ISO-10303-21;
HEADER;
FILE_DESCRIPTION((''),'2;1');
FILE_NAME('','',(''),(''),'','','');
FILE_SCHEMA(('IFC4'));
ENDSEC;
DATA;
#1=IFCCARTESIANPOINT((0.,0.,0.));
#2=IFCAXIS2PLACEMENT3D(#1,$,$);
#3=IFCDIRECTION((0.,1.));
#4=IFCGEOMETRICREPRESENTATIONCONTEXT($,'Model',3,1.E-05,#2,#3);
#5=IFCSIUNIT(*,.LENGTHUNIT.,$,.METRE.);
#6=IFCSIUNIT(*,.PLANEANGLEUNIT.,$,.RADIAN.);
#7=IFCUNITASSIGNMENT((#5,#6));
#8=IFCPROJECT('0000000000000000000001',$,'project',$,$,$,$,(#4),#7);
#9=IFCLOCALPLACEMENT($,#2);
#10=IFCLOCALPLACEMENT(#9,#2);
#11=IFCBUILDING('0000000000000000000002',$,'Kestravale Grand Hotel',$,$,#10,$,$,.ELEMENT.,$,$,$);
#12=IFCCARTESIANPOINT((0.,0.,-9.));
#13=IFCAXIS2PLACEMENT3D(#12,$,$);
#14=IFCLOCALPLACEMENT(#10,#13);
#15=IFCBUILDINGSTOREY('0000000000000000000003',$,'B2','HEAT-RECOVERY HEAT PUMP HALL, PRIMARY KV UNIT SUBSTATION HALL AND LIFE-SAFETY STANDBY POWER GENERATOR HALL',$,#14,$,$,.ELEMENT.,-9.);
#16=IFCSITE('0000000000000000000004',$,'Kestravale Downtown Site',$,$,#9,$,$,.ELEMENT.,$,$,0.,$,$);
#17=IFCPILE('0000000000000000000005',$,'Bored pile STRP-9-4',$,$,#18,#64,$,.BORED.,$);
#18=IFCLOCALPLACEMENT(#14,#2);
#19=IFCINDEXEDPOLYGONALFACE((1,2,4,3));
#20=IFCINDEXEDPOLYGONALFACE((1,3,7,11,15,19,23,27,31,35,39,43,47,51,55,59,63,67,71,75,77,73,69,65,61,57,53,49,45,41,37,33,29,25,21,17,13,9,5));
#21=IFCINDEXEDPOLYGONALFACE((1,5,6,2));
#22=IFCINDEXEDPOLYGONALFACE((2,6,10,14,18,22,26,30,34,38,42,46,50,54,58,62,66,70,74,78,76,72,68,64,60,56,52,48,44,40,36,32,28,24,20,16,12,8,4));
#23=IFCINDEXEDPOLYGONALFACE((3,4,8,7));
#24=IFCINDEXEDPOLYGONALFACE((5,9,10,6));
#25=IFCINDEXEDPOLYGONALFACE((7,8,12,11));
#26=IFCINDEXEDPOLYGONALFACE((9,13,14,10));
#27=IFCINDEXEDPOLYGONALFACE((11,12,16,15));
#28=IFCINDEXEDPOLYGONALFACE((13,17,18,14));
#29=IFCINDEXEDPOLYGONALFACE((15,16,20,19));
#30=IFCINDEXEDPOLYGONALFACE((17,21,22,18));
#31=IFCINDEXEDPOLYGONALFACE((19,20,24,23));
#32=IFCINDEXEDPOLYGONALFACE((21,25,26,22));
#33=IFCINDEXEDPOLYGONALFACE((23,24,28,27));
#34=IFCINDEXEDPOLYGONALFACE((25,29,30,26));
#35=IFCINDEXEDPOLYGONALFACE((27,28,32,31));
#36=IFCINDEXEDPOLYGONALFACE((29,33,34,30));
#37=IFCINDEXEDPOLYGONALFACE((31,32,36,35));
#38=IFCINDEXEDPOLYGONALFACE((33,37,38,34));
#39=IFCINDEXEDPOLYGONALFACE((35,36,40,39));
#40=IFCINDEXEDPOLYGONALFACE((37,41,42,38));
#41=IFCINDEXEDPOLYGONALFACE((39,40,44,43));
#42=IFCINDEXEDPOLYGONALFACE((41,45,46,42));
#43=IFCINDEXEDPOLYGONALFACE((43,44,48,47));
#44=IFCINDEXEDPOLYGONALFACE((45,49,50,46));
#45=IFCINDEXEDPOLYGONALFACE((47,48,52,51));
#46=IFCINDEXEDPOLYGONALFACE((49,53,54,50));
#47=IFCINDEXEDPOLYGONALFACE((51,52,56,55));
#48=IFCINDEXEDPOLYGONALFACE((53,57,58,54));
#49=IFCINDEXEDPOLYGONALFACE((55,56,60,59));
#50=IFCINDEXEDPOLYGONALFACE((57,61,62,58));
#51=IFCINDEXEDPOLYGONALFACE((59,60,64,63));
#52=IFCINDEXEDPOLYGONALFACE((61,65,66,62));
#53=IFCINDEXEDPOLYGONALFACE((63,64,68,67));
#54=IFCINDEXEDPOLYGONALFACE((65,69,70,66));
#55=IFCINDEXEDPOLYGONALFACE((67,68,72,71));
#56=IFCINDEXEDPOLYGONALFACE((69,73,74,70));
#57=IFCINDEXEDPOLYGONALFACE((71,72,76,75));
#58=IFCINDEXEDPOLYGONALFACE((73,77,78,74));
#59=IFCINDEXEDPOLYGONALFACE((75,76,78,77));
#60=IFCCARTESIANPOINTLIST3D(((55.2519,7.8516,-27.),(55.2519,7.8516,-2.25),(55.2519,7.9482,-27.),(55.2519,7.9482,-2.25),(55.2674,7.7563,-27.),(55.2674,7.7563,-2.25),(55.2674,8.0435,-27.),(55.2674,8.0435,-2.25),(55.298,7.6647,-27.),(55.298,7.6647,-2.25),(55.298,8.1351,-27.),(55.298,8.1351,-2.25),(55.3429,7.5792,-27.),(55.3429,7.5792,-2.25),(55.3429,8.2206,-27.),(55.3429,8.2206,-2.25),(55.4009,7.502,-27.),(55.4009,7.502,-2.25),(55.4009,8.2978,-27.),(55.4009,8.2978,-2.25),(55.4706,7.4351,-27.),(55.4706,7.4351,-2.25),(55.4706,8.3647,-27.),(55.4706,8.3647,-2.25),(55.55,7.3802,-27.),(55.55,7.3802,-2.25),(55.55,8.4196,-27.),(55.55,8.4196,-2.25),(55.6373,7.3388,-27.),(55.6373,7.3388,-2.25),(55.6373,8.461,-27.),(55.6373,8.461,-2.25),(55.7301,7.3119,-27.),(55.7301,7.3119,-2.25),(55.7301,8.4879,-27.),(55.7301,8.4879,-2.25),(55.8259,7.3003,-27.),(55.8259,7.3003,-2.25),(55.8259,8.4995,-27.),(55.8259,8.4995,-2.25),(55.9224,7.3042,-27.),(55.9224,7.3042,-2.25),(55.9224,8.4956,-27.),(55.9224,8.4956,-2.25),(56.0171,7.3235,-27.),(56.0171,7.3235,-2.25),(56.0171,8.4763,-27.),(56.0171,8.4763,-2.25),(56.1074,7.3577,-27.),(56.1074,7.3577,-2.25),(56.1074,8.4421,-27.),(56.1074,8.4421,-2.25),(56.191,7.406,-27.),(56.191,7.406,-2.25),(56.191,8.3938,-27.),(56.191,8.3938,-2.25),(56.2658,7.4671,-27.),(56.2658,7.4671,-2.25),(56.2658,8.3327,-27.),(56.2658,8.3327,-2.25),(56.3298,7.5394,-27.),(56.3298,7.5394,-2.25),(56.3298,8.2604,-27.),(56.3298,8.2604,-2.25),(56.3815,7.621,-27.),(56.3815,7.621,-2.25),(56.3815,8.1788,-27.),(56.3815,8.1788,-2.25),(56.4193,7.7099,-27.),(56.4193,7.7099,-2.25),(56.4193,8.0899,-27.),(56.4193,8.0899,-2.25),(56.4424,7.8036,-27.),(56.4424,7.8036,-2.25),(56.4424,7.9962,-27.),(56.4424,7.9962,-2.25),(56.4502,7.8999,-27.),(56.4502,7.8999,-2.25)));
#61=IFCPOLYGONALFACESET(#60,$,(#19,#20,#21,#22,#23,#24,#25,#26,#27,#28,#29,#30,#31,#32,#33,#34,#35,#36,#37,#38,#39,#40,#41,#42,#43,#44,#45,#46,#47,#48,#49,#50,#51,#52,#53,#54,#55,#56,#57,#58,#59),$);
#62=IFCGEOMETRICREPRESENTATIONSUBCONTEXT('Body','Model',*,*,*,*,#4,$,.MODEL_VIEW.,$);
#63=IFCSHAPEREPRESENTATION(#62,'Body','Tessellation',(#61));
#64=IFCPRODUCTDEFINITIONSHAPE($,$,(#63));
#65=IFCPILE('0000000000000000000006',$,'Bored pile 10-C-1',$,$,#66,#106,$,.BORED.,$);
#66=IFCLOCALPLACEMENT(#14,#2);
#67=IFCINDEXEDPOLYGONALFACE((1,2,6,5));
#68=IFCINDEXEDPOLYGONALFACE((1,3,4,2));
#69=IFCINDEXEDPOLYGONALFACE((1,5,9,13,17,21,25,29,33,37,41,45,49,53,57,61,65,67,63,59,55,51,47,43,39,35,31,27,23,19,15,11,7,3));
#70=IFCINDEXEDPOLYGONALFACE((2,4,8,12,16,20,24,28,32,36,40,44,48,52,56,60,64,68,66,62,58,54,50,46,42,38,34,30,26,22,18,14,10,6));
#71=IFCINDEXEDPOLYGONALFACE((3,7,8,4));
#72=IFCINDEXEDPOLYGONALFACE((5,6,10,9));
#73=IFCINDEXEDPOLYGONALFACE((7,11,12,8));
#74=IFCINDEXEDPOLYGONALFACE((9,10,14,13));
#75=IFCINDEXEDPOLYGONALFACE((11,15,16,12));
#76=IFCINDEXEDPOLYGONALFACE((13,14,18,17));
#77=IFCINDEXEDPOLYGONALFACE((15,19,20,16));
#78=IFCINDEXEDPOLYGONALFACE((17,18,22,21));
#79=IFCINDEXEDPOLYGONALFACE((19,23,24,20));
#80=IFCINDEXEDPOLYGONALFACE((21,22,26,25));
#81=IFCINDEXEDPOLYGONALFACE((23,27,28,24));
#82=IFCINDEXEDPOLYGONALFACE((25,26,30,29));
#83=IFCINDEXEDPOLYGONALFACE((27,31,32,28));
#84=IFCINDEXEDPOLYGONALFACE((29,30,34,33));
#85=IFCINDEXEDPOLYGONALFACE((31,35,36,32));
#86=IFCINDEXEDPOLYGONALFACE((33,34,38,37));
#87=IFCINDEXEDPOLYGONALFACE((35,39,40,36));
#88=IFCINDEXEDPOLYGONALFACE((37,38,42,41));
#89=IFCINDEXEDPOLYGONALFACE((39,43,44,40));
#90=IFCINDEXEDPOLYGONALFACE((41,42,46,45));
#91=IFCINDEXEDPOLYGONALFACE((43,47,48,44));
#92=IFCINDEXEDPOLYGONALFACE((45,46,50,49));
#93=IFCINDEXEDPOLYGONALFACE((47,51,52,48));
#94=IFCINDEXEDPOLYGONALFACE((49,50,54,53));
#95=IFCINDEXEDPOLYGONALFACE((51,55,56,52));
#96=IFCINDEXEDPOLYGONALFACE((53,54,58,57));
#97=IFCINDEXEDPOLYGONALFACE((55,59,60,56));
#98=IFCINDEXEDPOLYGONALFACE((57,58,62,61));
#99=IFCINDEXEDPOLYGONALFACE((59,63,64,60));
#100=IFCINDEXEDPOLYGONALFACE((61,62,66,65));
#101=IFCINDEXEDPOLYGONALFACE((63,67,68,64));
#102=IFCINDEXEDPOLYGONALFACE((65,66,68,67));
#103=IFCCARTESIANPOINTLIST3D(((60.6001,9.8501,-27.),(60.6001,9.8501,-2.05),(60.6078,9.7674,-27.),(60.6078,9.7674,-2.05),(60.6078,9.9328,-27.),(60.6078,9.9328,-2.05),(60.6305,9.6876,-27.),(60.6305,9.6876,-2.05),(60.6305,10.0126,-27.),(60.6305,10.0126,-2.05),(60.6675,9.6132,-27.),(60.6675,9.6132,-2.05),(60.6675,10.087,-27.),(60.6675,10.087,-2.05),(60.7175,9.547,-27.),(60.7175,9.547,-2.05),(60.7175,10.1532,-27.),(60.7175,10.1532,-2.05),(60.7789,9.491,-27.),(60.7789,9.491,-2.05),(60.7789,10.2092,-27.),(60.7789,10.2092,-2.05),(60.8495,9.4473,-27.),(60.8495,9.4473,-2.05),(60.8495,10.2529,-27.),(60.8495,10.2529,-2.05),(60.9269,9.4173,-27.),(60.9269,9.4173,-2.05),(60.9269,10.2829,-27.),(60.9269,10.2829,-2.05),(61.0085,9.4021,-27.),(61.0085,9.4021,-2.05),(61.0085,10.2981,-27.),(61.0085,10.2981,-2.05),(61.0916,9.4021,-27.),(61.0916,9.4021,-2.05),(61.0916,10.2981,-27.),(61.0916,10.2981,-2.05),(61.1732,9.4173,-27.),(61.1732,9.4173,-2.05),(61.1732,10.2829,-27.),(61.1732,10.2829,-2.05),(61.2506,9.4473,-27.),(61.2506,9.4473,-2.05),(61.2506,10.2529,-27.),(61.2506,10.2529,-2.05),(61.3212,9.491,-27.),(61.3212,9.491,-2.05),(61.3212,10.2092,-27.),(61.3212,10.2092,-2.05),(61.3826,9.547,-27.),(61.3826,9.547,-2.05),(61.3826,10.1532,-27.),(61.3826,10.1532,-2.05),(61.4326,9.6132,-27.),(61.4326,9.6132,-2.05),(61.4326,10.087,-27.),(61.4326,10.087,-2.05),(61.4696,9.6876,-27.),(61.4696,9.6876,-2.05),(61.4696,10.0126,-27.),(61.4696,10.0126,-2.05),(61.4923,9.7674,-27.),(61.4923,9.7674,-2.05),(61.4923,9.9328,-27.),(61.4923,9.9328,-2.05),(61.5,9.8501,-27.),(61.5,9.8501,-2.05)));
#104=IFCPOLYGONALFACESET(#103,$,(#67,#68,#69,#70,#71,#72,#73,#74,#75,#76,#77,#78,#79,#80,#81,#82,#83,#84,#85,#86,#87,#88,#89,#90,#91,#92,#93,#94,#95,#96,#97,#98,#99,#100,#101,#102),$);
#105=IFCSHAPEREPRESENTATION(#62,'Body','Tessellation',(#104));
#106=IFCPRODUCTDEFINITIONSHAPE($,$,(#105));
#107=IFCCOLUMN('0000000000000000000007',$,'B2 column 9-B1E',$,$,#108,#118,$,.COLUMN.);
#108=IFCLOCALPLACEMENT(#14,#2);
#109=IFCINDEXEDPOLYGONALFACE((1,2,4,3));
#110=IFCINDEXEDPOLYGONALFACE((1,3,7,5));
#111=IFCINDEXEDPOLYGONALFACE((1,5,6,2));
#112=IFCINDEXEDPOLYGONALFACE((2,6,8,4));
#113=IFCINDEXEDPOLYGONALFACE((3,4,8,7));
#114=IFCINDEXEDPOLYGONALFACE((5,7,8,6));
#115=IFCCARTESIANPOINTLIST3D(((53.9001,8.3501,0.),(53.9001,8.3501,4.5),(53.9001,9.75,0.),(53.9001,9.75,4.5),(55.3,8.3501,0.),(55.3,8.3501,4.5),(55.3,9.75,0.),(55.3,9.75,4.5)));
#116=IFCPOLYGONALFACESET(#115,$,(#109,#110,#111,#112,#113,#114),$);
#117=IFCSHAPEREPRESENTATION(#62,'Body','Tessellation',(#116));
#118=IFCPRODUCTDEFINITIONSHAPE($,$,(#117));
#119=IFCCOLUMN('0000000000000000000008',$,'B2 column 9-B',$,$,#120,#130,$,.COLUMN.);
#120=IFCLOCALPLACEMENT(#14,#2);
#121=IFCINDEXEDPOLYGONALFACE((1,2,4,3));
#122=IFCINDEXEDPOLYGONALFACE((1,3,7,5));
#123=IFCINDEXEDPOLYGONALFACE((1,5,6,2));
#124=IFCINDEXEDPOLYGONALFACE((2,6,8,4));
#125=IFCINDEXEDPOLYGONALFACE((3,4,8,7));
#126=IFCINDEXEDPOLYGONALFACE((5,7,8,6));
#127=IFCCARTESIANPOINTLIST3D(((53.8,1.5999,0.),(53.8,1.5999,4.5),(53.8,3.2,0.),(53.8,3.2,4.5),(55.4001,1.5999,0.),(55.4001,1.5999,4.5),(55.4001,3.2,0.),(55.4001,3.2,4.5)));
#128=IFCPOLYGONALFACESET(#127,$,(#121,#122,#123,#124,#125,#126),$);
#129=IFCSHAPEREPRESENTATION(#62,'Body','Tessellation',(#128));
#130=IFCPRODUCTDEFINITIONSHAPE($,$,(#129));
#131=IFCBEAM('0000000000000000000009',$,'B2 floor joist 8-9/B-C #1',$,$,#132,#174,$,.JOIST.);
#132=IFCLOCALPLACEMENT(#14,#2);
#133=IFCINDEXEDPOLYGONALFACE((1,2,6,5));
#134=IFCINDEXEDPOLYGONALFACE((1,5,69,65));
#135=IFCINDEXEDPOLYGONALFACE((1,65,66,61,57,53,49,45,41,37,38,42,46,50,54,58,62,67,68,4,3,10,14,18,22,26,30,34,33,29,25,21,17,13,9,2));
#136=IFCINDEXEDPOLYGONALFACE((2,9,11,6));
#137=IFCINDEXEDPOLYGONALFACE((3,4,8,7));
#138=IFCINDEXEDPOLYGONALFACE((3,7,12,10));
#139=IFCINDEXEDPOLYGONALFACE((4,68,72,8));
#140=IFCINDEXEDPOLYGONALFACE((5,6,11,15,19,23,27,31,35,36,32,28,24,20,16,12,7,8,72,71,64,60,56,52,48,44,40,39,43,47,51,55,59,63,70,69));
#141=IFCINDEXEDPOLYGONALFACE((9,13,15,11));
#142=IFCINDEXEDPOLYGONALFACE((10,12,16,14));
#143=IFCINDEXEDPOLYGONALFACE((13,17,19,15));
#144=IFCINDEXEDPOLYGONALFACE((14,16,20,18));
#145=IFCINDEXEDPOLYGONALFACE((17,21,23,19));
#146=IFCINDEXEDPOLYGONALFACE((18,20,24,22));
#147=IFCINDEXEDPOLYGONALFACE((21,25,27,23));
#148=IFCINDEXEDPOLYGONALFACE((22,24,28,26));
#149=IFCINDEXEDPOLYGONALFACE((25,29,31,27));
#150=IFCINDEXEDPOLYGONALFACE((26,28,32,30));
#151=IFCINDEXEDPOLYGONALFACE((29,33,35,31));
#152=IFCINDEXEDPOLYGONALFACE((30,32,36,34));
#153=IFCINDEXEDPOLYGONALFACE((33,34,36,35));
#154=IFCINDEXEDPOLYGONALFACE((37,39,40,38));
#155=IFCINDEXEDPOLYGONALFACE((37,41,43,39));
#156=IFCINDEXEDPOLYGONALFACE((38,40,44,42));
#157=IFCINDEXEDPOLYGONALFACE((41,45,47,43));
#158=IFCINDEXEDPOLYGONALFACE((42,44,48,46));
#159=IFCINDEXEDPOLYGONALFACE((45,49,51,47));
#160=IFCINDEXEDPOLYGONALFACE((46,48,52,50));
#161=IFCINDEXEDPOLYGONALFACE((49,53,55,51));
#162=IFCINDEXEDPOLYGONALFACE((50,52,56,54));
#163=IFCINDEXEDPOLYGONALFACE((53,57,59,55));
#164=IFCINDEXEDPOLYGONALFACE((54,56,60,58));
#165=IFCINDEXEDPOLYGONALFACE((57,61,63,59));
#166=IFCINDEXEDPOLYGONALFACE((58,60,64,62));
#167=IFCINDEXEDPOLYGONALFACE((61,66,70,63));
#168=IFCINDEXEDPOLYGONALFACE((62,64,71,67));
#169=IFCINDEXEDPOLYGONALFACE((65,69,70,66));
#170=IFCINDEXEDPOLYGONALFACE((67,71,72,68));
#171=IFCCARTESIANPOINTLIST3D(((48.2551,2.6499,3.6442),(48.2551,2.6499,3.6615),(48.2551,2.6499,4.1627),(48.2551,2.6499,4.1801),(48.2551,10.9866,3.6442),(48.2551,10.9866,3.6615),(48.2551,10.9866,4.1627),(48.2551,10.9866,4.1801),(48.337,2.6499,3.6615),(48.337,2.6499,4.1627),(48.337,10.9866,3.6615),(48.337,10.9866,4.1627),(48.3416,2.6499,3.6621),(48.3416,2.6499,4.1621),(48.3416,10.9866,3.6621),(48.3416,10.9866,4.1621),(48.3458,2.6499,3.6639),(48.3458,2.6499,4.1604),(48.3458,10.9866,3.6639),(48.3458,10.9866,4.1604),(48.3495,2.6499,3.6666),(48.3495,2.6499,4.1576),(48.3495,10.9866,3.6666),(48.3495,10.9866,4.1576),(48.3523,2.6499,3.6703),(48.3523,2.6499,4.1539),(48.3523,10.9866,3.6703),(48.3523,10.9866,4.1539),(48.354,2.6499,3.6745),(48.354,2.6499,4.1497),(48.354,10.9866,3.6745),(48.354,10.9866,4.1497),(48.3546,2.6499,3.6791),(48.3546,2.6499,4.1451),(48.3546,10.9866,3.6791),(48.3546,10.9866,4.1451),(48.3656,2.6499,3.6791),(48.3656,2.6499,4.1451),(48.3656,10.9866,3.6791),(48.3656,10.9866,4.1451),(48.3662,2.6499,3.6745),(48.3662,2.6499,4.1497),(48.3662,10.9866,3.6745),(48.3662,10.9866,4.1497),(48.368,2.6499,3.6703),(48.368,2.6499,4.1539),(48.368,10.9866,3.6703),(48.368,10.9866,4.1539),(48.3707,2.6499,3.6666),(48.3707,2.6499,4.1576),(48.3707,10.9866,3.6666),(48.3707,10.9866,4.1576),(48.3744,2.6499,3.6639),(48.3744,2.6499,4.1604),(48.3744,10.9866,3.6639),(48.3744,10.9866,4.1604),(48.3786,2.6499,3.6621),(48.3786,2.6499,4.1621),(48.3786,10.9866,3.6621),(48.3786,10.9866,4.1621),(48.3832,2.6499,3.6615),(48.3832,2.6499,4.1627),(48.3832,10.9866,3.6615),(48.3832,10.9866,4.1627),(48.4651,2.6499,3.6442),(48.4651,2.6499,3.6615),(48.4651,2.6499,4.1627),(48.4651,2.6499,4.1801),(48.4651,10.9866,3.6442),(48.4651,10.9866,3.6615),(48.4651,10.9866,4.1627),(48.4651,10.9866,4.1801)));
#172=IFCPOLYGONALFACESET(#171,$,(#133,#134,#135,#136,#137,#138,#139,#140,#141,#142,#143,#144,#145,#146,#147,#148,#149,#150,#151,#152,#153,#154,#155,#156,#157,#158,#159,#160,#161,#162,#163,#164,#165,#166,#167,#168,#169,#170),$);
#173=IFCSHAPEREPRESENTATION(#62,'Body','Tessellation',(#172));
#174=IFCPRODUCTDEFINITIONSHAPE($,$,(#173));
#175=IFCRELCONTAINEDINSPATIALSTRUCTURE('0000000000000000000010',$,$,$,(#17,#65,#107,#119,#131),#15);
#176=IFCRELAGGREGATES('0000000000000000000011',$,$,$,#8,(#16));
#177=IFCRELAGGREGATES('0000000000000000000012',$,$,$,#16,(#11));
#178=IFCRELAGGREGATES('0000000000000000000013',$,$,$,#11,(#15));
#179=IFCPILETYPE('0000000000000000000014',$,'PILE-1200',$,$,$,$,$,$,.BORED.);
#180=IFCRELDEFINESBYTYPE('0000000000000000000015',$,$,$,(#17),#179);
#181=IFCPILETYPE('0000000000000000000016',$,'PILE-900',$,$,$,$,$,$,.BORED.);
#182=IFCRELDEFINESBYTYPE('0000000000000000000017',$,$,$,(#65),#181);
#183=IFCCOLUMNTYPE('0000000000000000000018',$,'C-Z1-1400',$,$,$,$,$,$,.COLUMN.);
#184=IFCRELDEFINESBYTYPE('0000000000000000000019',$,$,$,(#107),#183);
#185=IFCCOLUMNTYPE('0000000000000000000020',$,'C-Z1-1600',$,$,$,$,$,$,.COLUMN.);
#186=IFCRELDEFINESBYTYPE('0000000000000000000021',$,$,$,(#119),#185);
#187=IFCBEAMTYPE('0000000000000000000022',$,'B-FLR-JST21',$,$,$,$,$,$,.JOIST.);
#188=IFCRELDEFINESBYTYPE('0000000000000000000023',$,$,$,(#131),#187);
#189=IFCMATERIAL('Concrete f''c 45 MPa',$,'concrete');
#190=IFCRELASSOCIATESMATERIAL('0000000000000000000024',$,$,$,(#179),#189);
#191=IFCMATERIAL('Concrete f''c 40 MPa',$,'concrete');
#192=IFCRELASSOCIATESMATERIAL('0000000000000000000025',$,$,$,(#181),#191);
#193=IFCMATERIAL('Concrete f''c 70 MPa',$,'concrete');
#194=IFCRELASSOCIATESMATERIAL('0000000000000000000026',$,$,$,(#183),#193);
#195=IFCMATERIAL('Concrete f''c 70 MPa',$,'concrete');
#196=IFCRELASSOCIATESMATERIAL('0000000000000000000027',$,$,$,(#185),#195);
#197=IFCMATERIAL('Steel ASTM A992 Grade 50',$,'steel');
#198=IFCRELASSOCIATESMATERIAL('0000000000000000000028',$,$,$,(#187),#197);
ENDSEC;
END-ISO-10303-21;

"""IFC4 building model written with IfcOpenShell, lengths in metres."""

from ifc_helpers import new_model, si_unit, direction, frame, origin, origin_2d, place, context, subcontext, project, spatial, rectangle, circle, i_section, extrude, material, material_profile, profile_set, type_object, element, save


model = new_model("IFC4")

# Units and contexts
model_context = context("Model", 3, precision=1e-05, world=origin(), true_north=direction((0.0, 1.0)))
body_context = subcontext(model_context, "Body", "Model", "MODEL_VIEW")
ifc_project = project(units=[si_unit("LENGTHUNIT", "METRE"), si_unit("PLANEANGLEUNIT", "RADIAN")], contexts=[model_context])

# Site, building, storey
site_placement = place(None, origin())
site = spatial("IfcSite", under=ifc_project, at=site_placement, Name="Kestravale Downtown Site", CompositionType="ELEMENT", RefElevation=0.0)
building_placement = place(site_placement, origin())
building = spatial("IfcBuilding", under=site, at=building_placement, Name="Kestravale Grand Hotel", CompositionType="ELEMENT")
storey_placement = place(building_placement, frame((0.0, 0.0, -9.0)))
storey = spatial("IfcBuildingStorey", under=building, at=storey_placement, Name="B2", Description="HEAT-RECOVERY HEAT PUMP HALL, PRIMARY KV UNIT SUBSTATION HALL AND LIFE-SAFETY STANDBY POWER GENERATOR HALL", CompositionType="ELEMENT", Elevation=-9.0)

# Piles
ifc_material_1 = material(Name="Concrete f'c 45 MPa", Category="concrete")
ifc_material_profile_1 = material_profile(ifc_material_1, circle(Radius=0.6001, at=origin_2d()))
ifc_profile_set_1 = profile_set([ifc_material_profile_1], Name="Concrete f'c 45 MPa")
pile_type_1 = type_object("IfcPileType", Name="PILE-1200", PredefinedType="BORED", material=ifc_profile_set_1)
for number, where, z_axis, x_axis, name in (
    (1, (55.8501, 7.8999, -2.25), (0.0, 0.0, -1.0), (1.0, 0.0, 0.0), "Bored pile STRP-9-4"),
):
    element("IfcPile", number, at=place(storey_placement, frame(where, z_axis=z_axis, x_axis=x_axis)), inside=storey, type_object=pile_type_1, Name=name, PredefinedType="BORED", context=body_context, shape_type="SweptSolid", body=[
        extrude(circle(Radius=0.6001, at=origin_2d()), origin(), (0.0, 0.0, 1.0), 24.75),
    ])
ifc_material_2 = material(Name="Concrete f'c 40 MPa", Category="concrete")
ifc_material_profile_2 = material_profile(ifc_material_2, circle(Radius=0.45, at=origin_2d()))
ifc_profile_set_2 = profile_set([ifc_material_profile_2], Name="Concrete f'c 40 MPa")
pile_type_2 = type_object("IfcPileType", Name="PILE-900", PredefinedType="BORED", material=ifc_profile_set_2)
pile_placement = place(storey_placement, frame((61.05, 9.8501, -2.05), z_axis=(0.0, 0.0, -1.0), x_axis=(1.0, 0.0, 0.0)))
element("IfcPile", 2, at=pile_placement, inside=storey, type_object=pile_type_2, Name="Bored pile 10-C-1", PredefinedType="BORED", context=body_context, shape_type="SweptSolid", body=[
    extrude(circle(Radius=0.45, at=origin_2d()), origin(), (0.0, 0.0, 1.0), 24.95),
])

# Columns
ifc_material_3 = material(Name="Concrete f'c 70 MPa", Category="concrete")
ifc_material_profile_3 = material_profile(ifc_material_3, rectangle(XDim=1.3999, YDim=1.3999, at=origin_2d()))
ifc_profile_set_3 = profile_set([ifc_material_profile_3], Name="Concrete f'c 70 MPa")
column_type_1 = type_object("IfcColumnType", Name="C-Z1-1400", PredefinedType="COLUMN", material=ifc_profile_set_3)
column_1_placement = place(storey_placement, frame((54.6001, 9.05, 0.0), z_axis=(0.0, 0.0, 1.0), x_axis=(1.0, 0.0, 0.0)))
element("IfcColumn", 3, at=column_1_placement, inside=storey, type_object=column_type_1, Name="B2 column 9-B1E", PredefinedType="COLUMN", context=body_context, shape_type="SweptSolid", body=[
    extrude(rectangle(XDim=1.3999, YDim=1.3999, at=origin_2d()), origin(), (0.0, 0.0, 1.0), 4.5),
])
ifc_material_4 = material(Name="Concrete f'c 70 MPa", Category="concrete")
ifc_material_profile_4 = material_profile(ifc_material_4, rectangle(XDim=1.6001, YDim=1.6001, at=origin_2d()))
ifc_profile_set_4 = profile_set([ifc_material_profile_4], Name="Concrete f'c 70 MPa")
column_type_2 = type_object("IfcColumnType", Name="C-Z1-1600", PredefinedType="COLUMN", material=ifc_profile_set_4)
column_2_placement = place(storey_placement, frame((54.6001, 2.3999, 0.0), z_axis=(0.0, 0.0, 1.0), x_axis=(1.0, 0.0, 0.0)))
element("IfcColumn", 4, at=column_2_placement, inside=storey, type_object=column_type_2, Name="B2 column 9-B", PredefinedType="COLUMN", context=body_context, shape_type="SweptSolid", body=[
    extrude(rectangle(XDim=1.6001, YDim=1.6001, at=origin_2d()), origin(), (0.0, 0.0, 1.0), 4.5),
])

# Beam
ifc_material_5 = material(Name="Steel ASTM A992 Grade 50", Category="steel")
ifc_material_profile_5 = material_profile(ifc_material_5, i_section(OverallWidth=0.21, OverallDepth=0.5359, WebThickness=0.011, FlangeThickness=0.0173, FilletRadius=0.0176, at=origin_2d()))
ifc_profile_set_5 = profile_set([ifc_material_profile_5], Name="Steel ASTM A992 Grade 50")
beam_type_1 = type_object("IfcBeamType", Name="B-FLR-JST21", PredefinedType="JOIST", material=ifc_profile_set_5)
for number, where, z_axis, x_axis, name in (
    (5, (48.3601, 2.6499, 3.9121), (0.0, 1.0, 0.0), (-1.0, 0.0, 0.0), "B2 floor joist 8-9/B-C #1"),
):
    element("IfcBeam", number, at=place(storey_placement, frame(where, z_axis=z_axis, x_axis=x_axis)), inside=storey, type_object=beam_type_1, Name=name, PredefinedType="JOIST", context=body_context, shape_type="SweptSolid", body=[
        extrude(i_section(OverallWidth=0.21, OverallDepth=0.5359, WebThickness=0.011, FlangeThickness=0.0173, FilletRadius=0.0176, at=origin_2d()), origin(), (0.0, 0.0, 1.0), 8.3367),
    ])

save(model, "model.ifc")
